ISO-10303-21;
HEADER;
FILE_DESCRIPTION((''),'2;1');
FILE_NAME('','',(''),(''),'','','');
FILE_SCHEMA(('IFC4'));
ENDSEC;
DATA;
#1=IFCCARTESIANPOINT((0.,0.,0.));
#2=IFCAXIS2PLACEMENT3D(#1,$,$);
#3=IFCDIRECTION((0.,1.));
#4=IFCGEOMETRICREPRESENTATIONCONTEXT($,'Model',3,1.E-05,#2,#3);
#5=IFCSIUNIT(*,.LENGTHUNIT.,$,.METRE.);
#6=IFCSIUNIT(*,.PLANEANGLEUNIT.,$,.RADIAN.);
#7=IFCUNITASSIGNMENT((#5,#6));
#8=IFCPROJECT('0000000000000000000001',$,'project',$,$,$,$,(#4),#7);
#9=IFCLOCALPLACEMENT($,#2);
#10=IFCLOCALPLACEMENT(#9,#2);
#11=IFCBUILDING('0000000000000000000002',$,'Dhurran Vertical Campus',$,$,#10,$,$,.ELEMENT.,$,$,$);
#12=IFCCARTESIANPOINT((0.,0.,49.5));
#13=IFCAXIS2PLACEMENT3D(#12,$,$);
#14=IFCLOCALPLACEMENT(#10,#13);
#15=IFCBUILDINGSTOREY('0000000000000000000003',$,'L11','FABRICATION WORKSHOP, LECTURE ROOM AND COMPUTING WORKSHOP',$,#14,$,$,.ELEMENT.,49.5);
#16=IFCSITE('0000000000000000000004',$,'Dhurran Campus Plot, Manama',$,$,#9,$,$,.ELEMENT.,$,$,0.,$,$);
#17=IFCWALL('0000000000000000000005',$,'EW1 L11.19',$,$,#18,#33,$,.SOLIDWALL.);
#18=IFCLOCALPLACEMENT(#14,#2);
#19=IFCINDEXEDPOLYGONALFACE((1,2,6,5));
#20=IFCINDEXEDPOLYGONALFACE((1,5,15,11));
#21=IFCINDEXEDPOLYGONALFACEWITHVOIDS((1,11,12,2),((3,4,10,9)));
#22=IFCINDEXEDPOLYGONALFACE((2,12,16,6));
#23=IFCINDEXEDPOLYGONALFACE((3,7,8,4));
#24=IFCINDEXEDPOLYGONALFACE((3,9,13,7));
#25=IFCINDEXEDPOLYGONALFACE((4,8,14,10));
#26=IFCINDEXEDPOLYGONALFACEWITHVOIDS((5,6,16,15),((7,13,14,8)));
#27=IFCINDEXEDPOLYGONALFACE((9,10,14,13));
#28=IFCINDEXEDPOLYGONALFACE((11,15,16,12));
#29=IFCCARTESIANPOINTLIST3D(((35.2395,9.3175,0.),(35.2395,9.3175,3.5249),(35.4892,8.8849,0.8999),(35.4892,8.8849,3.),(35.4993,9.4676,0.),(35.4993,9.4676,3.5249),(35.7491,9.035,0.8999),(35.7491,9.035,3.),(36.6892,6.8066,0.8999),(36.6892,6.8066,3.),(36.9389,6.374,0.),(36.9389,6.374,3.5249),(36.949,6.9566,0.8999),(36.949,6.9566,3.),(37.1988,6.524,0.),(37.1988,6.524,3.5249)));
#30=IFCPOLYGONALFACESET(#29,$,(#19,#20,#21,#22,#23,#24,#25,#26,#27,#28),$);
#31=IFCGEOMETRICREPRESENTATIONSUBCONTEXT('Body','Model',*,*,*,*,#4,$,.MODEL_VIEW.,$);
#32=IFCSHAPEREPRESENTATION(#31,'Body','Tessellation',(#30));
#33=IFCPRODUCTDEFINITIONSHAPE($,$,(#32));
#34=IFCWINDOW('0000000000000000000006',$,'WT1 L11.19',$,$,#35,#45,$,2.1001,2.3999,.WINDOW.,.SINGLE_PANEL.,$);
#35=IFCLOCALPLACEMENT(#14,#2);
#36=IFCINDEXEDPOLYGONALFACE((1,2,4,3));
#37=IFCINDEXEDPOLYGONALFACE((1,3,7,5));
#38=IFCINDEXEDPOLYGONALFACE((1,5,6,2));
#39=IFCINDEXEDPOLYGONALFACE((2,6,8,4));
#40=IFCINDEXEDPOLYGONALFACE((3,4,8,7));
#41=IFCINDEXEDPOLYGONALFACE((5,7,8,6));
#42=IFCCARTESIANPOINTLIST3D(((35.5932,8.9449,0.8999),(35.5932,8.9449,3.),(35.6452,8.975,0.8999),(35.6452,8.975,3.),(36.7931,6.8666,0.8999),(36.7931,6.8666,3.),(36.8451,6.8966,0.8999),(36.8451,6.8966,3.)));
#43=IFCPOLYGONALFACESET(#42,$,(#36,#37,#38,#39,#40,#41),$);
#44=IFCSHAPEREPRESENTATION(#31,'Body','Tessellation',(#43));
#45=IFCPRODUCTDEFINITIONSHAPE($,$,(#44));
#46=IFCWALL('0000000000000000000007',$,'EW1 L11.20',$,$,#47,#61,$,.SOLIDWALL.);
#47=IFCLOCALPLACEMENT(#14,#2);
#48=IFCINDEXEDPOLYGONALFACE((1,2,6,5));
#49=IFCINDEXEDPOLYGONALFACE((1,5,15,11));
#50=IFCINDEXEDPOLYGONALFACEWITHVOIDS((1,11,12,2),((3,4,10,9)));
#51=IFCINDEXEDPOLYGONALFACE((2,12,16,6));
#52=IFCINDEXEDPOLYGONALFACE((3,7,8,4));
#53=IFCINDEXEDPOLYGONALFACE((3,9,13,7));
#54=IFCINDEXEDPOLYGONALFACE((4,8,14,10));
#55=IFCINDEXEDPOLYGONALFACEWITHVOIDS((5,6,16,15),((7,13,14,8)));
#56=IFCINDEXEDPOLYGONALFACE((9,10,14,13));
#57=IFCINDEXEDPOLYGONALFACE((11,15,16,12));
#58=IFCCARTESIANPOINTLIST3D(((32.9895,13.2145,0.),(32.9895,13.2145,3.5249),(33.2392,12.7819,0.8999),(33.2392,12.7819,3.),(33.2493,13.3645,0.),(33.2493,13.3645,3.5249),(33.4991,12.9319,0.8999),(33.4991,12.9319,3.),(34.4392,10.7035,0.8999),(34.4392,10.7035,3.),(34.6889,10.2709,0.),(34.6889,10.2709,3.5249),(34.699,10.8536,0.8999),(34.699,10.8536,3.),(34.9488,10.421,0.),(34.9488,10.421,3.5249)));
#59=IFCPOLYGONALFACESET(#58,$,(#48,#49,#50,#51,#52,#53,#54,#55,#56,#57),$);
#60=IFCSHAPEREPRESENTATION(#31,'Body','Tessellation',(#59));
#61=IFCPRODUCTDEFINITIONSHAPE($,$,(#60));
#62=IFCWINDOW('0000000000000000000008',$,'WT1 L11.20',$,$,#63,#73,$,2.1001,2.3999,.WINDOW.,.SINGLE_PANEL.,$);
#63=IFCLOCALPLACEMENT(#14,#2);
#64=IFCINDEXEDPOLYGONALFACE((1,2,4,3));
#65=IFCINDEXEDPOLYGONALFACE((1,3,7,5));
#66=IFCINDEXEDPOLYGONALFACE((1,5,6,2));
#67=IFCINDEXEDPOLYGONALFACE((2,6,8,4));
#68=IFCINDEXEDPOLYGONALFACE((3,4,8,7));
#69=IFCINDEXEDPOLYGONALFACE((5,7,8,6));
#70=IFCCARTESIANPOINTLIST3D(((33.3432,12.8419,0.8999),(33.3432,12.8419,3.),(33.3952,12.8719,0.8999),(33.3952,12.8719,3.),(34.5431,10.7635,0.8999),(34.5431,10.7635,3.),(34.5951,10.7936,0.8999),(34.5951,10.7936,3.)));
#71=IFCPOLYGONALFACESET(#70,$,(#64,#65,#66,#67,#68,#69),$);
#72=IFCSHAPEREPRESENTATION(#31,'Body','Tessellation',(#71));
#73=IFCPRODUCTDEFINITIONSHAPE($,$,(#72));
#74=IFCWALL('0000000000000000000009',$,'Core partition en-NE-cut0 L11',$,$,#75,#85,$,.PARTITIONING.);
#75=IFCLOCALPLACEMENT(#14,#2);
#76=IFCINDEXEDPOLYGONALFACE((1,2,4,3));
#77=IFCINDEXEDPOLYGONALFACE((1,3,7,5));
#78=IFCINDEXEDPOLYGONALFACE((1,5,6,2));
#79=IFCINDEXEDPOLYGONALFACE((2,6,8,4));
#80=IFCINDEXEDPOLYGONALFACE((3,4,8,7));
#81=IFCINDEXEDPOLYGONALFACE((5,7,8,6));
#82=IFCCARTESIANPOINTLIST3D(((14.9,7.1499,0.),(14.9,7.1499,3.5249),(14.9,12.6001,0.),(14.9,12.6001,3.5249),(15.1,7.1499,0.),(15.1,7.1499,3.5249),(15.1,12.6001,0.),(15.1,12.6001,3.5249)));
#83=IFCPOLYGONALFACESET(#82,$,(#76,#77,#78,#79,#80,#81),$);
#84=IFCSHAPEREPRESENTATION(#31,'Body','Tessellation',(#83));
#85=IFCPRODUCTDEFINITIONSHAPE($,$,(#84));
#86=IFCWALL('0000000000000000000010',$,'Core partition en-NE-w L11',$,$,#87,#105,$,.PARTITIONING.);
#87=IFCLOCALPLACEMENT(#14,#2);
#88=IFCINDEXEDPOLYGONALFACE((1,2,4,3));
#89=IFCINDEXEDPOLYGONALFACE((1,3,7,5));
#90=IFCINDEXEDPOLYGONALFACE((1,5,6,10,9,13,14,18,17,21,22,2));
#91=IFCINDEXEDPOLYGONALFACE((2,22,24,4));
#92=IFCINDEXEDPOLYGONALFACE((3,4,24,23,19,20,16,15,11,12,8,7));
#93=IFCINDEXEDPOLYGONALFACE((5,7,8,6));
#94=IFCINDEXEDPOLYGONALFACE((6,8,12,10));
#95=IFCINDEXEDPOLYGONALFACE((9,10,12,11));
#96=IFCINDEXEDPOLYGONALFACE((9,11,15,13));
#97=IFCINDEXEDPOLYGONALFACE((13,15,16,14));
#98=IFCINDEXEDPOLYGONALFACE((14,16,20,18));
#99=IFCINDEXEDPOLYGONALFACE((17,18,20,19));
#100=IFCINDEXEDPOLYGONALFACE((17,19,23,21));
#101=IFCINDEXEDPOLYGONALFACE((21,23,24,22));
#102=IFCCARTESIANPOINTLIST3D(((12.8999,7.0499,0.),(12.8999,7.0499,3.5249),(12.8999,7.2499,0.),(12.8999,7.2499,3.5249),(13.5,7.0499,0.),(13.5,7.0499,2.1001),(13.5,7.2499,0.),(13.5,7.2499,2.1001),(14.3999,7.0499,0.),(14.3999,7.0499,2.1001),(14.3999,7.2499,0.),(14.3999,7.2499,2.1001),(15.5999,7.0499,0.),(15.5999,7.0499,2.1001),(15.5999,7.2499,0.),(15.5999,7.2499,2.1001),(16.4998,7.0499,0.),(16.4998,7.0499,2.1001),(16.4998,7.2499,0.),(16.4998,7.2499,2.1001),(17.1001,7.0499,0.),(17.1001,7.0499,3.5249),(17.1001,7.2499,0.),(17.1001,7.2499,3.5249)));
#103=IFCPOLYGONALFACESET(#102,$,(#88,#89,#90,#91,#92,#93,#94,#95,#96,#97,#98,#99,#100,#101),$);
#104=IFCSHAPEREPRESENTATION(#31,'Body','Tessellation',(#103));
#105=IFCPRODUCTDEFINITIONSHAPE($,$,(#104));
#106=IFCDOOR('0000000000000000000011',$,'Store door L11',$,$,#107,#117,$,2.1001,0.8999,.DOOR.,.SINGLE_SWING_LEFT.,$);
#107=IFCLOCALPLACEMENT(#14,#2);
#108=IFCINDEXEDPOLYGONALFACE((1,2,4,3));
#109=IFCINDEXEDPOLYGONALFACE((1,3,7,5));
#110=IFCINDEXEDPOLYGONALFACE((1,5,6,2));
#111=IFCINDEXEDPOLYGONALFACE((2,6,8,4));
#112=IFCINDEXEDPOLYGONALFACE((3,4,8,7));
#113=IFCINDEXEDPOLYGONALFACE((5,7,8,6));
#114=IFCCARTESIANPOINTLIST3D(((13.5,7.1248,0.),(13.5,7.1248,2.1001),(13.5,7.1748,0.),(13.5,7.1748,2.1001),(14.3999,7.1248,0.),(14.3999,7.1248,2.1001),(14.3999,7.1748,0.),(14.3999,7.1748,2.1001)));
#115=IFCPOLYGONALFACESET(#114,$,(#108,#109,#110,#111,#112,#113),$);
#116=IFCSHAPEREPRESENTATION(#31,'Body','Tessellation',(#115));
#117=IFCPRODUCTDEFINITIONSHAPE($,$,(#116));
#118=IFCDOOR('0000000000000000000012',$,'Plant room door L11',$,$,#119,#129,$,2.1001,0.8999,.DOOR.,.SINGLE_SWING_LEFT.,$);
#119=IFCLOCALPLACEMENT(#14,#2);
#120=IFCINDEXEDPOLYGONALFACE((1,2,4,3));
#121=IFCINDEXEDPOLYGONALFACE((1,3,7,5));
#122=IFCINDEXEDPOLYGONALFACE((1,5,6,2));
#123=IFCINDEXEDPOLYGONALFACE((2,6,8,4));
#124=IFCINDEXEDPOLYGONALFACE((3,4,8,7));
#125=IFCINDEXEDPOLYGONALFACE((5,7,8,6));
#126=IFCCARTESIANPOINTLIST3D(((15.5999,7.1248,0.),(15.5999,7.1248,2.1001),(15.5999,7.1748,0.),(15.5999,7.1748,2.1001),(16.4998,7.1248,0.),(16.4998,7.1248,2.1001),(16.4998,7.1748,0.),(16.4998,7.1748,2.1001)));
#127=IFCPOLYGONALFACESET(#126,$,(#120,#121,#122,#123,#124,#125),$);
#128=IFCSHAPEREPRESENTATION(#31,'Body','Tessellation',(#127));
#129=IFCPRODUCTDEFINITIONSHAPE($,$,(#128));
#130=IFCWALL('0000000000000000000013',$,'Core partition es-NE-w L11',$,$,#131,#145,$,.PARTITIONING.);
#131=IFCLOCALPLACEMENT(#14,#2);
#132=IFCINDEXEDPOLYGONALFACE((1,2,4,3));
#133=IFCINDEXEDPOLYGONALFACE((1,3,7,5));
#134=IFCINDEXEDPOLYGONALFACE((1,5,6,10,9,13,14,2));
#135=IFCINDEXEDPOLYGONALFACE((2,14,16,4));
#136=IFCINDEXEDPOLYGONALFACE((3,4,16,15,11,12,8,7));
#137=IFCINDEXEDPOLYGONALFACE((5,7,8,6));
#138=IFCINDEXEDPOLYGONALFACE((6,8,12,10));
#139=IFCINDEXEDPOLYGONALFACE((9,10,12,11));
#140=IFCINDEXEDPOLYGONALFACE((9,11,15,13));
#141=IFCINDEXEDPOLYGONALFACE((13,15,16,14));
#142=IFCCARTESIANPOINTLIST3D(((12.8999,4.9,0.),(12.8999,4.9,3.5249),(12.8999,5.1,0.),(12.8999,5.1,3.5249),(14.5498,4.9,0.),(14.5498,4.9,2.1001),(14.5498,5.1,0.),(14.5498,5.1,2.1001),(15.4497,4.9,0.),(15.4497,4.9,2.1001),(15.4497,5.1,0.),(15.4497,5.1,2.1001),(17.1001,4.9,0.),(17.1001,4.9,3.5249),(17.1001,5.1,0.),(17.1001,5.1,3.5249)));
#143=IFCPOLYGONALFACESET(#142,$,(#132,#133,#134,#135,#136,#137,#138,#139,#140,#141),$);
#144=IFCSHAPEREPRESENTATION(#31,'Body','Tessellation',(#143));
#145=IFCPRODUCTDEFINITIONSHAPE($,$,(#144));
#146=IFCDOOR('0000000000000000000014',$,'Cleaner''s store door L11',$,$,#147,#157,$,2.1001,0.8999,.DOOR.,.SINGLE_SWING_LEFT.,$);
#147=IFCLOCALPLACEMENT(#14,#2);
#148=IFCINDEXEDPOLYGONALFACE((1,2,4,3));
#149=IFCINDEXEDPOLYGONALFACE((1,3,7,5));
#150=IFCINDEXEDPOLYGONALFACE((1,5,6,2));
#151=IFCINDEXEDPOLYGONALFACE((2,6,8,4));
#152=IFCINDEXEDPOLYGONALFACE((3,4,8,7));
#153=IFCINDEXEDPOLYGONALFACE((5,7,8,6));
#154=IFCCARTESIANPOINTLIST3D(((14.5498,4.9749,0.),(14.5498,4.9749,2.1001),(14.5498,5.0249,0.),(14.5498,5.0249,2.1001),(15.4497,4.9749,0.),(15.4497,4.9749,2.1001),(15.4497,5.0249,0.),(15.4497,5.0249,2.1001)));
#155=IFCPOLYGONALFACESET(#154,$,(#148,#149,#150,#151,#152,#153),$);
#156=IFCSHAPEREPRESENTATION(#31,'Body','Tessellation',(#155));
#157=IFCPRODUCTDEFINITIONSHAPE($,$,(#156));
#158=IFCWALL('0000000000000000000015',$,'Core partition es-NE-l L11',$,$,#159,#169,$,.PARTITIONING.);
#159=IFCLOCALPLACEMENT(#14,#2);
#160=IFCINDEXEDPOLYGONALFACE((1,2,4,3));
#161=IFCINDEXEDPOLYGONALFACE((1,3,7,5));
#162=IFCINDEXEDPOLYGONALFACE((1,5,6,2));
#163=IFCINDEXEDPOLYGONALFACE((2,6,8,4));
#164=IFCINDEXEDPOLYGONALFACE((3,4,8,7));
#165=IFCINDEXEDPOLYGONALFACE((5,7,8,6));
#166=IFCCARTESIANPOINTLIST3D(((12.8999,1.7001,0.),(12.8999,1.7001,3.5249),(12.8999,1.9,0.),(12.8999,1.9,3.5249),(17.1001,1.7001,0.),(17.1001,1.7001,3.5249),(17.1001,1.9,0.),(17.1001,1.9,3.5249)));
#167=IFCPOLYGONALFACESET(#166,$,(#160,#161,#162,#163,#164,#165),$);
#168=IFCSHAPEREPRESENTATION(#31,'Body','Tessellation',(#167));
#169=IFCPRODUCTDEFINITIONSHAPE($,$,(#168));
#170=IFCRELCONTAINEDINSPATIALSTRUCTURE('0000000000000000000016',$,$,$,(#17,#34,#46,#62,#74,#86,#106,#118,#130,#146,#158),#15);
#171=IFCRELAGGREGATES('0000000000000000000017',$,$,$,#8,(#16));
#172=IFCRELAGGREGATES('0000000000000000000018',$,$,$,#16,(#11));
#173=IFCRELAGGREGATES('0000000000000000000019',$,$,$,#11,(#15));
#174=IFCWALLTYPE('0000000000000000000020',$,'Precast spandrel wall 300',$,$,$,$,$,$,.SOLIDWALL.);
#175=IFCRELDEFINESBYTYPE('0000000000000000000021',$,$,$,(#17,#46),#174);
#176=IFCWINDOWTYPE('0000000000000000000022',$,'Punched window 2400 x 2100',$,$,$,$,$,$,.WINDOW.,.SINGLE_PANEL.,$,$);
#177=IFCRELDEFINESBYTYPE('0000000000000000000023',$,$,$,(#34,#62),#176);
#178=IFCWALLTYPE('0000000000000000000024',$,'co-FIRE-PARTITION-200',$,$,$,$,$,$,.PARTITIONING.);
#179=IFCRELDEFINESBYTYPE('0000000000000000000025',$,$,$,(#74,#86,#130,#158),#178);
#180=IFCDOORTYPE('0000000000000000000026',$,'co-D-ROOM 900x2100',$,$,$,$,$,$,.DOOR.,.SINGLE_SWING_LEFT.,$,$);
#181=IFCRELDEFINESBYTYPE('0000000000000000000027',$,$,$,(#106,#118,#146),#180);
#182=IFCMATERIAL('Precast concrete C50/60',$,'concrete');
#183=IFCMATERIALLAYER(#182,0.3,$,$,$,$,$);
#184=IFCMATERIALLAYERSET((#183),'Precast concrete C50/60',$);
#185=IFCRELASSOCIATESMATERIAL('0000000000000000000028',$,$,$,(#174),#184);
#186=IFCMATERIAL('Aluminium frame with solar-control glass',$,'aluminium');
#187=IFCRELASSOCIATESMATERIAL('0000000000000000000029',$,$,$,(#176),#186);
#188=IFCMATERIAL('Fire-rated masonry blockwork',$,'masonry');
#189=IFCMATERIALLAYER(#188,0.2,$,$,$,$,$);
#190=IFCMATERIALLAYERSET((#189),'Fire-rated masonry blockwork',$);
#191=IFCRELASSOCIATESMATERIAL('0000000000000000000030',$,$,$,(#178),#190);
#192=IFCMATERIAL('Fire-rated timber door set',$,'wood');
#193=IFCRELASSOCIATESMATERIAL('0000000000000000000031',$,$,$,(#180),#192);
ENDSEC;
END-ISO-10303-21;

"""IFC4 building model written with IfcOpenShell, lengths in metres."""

from ifc_helpers import new_model, si_unit, direction, frame, frame_2d, origin, place, context, subcontext, project, spatial, rectangle, extrude, material, layer, layer_set, type_object, element, fill, save


model = new_model("IFC4")

# Units and contexts
model_context = context("Model", 3, precision=1e-05, world=origin(), true_north=direction((0.0, 1.0)))
body_context = subcontext(model_context, "Body", "Model", "MODEL_VIEW")
ifc_project = project(units=[si_unit("LENGTHUNIT", "METRE"), si_unit("PLANEANGLEUNIT", "RADIAN")], contexts=[model_context])

# Site, building, storey
site_placement = place(None, origin())
site = spatial("IfcSite", under=ifc_project, at=site_placement, Name="Dhurran Campus Plot, Manama", CompositionType="ELEMENT", RefElevation=0.0)
building_placement = place(site_placement, origin())
building = spatial("IfcBuilding", under=site, at=building_placement, Name="Dhurran Vertical Campus", CompositionType="ELEMENT")
storey_placement = place(building_placement, frame((0.0, 0.0, 49.5)))
storey = spatial("IfcBuildingStorey", under=building, at=storey_placement, Name="L11", Description="FABRICATION WORKSHOP, LECTURE ROOM AND COMPUTING WORKSHOP", CompositionType="ELEMENT", Elevation=49.5)

# Walls, openings, windows
ifc_material_1 = material(Name="Precast concrete C50/60", Category="concrete")
ifc_layer_1 = layer(ifc_material_1, 0.3)
ifc_layer_set_1 = layer_set([ifc_layer_1], Name="Precast concrete C50/60")
wall_type_1 = type_object("IfcWallType", Name="Precast spandrel wall 300", PredefinedType="SOLIDWALL", material=ifc_layer_set_1)
ifc_material_2 = material(Name="Aluminium frame with solar-control glass", Category="aluminium")
window_type = type_object("IfcWindowType", Name="Punched window 2400 x 2100", PartitioningType="SINGLE_PANEL", PredefinedType="WINDOW", material=ifc_material_2)
wall_1_placement = place(storey_placement, frame((37.0688, 6.449, 0.0), z_axis=(0.0, 0.0, 1.0), x_axis=(-0.499994, 0.866029, 0.0)))
wall_1 = element("IfcWall", 1, at=wall_1_placement, inside=storey, type_object=wall_type_1, Name="EW1 L11.19", PredefinedType="SOLIDWALL", context=body_context, shape_type="SweptSolid", body=[
    extrude(rectangle(XDim=3.3989, YDim=0.3, at=frame_2d((1.6995, 0.0))), origin(), (0.0, 0.0, 1.0), 3.5249),
])
opening_1_placement = place(wall_1_placement, frame((0.4995, 0.0, 0.8999)))
opening_1 = element("IfcOpeningElement", 2, at=opening_1_placement, cuts=wall_1, PredefinedType="OPENING", context=body_context, shape_type="SweptSolid", body=[
    extrude(rectangle(XDim=2.3999, YDim=2.1001, at=frame_2d((1.2, 1.05))), frame((0.0, 0.1599, 0.0), z_axis=(0.0, -1.0, 0.0), x_axis=(1.0, 0.0, 0.0)), (0.0, 0.0, 1.0), 0.3201),
])
window_1_placement = place(opening_1_placement, origin())
window_1 = element("IfcWindow", 3, at=window_1_placement, inside=storey, type_object=window_type, Name="WT1 L11.19", OverallHeight=2.1001, OverallWidth=2.3999, PartitioningType="SINGLE_PANEL", PredefinedType="WINDOW", context=body_context, shape_type="SweptSolid", body=[
    extrude(rectangle(XDim=2.3999, YDim=2.1001, at=frame_2d((1.2, 1.05))), frame((0.0, 0.03, 0.0), z_axis=(0.0, -1.0, 0.0), x_axis=(1.0, 0.0, 0.0)), (0.0, 0.0, 1.0), 0.0601),
])
fill(opening_1, window_1)
wall_2_placement = place(storey_placement, frame((34.8188, 10.3459, 0.0), z_axis=(0.0, 0.0, 1.0), x_axis=(-0.499994, 0.866029, 0.0)))
wall_2 = element("IfcWall", 4, at=wall_2_placement, inside=storey, type_object=wall_type_1, Name="EW1 L11.20", PredefinedType="SOLIDWALL", context=body_context, shape_type="SweptSolid", body=[
    extrude(rectangle(XDim=3.3989, YDim=0.3, at=frame_2d((1.6995, 0.0))), origin(), (0.0, 0.0, 1.0), 3.5249),
])
opening_2_placement = place(wall_2_placement, frame((0.4995, 0.0, 0.8999)))
opening_2 = element("IfcOpeningElement", 5, at=opening_2_placement, cuts=wall_2, PredefinedType="OPENING", context=body_context, shape_type="SweptSolid", body=[
    extrude(rectangle(XDim=2.3999, YDim=2.1001, at=frame_2d((1.2, 1.05))), frame((0.0, 0.1599, 0.0), z_axis=(0.0, -1.0, 0.0), x_axis=(1.0, 0.0, 0.0)), (0.0, 0.0, 1.0), 0.3201),
])
window_2_placement = place(opening_2_placement, origin())
window_2 = element("IfcWindow", 6, at=window_2_placement, inside=storey, type_object=window_type, Name="WT1 L11.20", OverallHeight=2.1001, OverallWidth=2.3999, PartitioningType="SINGLE_PANEL", PredefinedType="WINDOW", context=body_context, shape_type="SweptSolid", body=[
    extrude(rectangle(XDim=2.3999, YDim=2.1001, at=frame_2d((1.2, 1.05))), frame((0.0, 0.03, 0.0), z_axis=(0.0, -1.0, 0.0), x_axis=(1.0, 0.0, 0.0)), (0.0, 0.0, 1.0), 0.0601),
])
fill(opening_2, window_2)

# Wall
ifc_material_3 = material(Name="Fire-rated masonry blockwork", Category="masonry")
ifc_layer_2 = layer(ifc_material_3, 0.2)
ifc_layer_set_2 = layer_set([ifc_layer_2], Name="Fire-rated masonry blockwork")
wall_type_2 = type_object("IfcWallType", Name="co-FIRE-PARTITION-200", PredefinedType="PARTITIONING", material=ifc_layer_set_2)
wall_3_placement = place(storey_placement, frame((15.0, 7.1499, 0.0), z_axis=(0.0, 0.0, 1.0), x_axis=(0.0, 1.0, 0.0)))
element("IfcWall", 7, at=wall_3_placement, inside=storey, type_object=wall_type_2, Name="Core partition en-NE-cut0 L11", PredefinedType="PARTITIONING", context=body_context, shape_type="SweptSolid", body=[
    extrude(rectangle(XDim=5.4502, YDim=0.2, at=frame_2d((2.7251, 0.0))), origin(), (0.0, 0.0, 1.0), 3.5249),
])

# Wall, openings, doors
wall_4_placement = place(storey_placement, frame((12.8999, 7.1499, 0.0), z_axis=(0.0, 0.0, 1.0), x_axis=(1.0, 0.0, 0.0)))
wall_4 = element("IfcWall", 8, at=wall_4_placement, inside=storey, type_object=wall_type_2, Name="Core partition en-NE-w L11", PredefinedType="PARTITIONING", context=body_context, shape_type="SweptSolid", body=[
    extrude(rectangle(XDim=4.2002, YDim=0.2, at=frame_2d((2.1001, 0.0))), origin(), (0.0, 0.0, 1.0), 3.5249),
])
opening_3_placement = place(wall_4_placement, frame((0.6001, 0.0, 0.0)))
opening_3 = element("IfcOpeningElement", 9, at=opening_3_placement, cuts=wall_4, PredefinedType="OPENING", context=body_context, shape_type="SweptSolid", body=[
    extrude(rectangle(XDim=0.8999, YDim=2.1001, at=frame_2d((0.45, 1.05))), frame((0.0, 0.1099, 0.0), z_axis=(0.0, -1.0, 0.0), x_axis=(1.0, 0.0, 0.0)), (0.0, 0.0, 1.0), 0.22),
])
opening_4_placement = place(wall_4_placement, frame((2.7, 0.0, 0.0)))
opening_4 = element("IfcOpeningElement", 10, at=opening_4_placement, cuts=wall_4, PredefinedType="OPENING", context=body_context, shape_type="SweptSolid", body=[
    extrude(rectangle(XDim=0.8999, YDim=2.1001, at=frame_2d((0.45, 1.05))), frame((0.0, 0.1099, 0.0), z_axis=(0.0, -1.0, 0.0), x_axis=(1.0, 0.0, 0.0)), (0.0, 0.0, 1.0), 0.22),
])
ifc_material_4 = material(Name="Fire-rated timber door set", Category="wood")
door_type_1 = type_object("IfcDoorType", Name="co-D-ROOM 900x2100", OperationType="SINGLE_SWING_LEFT", PredefinedType="DOOR", material=ifc_material_4)
door_1_placement = place(opening_3_placement, origin())
door_1 = element("IfcDoor", 11, at=door_1_placement, inside=storey, type_object=door_type_1, Name="Store door L11", OperationType="SINGLE_SWING_LEFT", OverallHeight=2.1001, OverallWidth=0.8999, PredefinedType="DOOR", context=body_context, shape_type="SweptSolid", body=[
    extrude(rectangle(XDim=0.8999, YDim=2.1001, at=frame_2d((0.45, 1.05))), frame((0.0, 0.0249, 0.0), z_axis=(0.0, -1.0, 0.0), x_axis=(1.0, 0.0, 0.0)), (0.0, 0.0, 1.0), 0.05),
])
fill(opening_3, door_1)
door_2_placement = place(opening_4_placement, origin())
door_2 = element("IfcDoor", 12, at=door_2_placement, inside=storey, type_object=door_type_1, Name="Plant room door L11", OperationType="SINGLE_SWING_LEFT", OverallHeight=2.1001, OverallWidth=0.8999, PredefinedType="DOOR", context=body_context, shape_type="SweptSolid", body=[
    extrude(rectangle(XDim=0.8999, YDim=2.1001, at=frame_2d((0.45, 1.05))), frame((0.0, 0.0249, 0.0), z_axis=(0.0, -1.0, 0.0), x_axis=(1.0, 0.0, 0.0)), (0.0, 0.0, 1.0), 0.05),
])
fill(opening_4, door_2)

# Wall, opening, door
wall_5_placement = place(storey_placement, frame((12.8999, 5.0, 0.0), z_axis=(0.0, 0.0, 1.0), x_axis=(1.0, 0.0, 0.0)))
wall_5 = element("IfcWall", 13, at=wall_5_placement, inside=storey, type_object=wall_type_2, Name="Core partition es-NE-w L11", PredefinedType="PARTITIONING", context=body_context, shape_type="SweptSolid", body=[
    extrude(rectangle(XDim=4.2002, YDim=0.2, at=frame_2d((2.1001, 0.0))), origin(), (0.0, 0.0, 1.0), 3.5249),
])
opening_5_placement = place(wall_5_placement, frame((1.6499, 0.0, 0.0)))
opening_5 = element("IfcOpeningElement", 14, at=opening_5_placement, cuts=wall_5, PredefinedType="OPENING", context=body_context, shape_type="SweptSolid", body=[
    extrude(rectangle(XDim=0.8999, YDim=2.1001, at=frame_2d((0.45, 1.05))), frame((0.0, 0.1099, 0.0), z_axis=(0.0, -1.0, 0.0), x_axis=(1.0, 0.0, 0.0)), (0.0, 0.0, 1.0), 0.22),
])
door_3_placement = place(opening_5_placement, origin())
door_3 = element("IfcDoor", 15, at=door_3_placement, inside=storey, type_object=door_type_1, Name="Cleaner's store door L11", OperationType="SINGLE_SWING_LEFT", OverallHeight=2.1001, OverallWidth=0.8999, PredefinedType="DOOR", context=body_context, shape_type="SweptSolid", body=[
    extrude(rectangle(XDim=0.8999, YDim=2.1001, at=frame_2d((0.45, 1.05))), frame((0.0, 0.0249, 0.0), z_axis=(0.0, -1.0, 0.0), x_axis=(1.0, 0.0, 0.0)), (0.0, 0.0, 1.0), 0.05),
])
fill(opening_5, door_3)

# Wall
wall_6_placement = place(storey_placement, frame((12.8999, 1.8, 0.0), z_axis=(0.0, 0.0, 1.0), x_axis=(1.0, 0.0, 0.0)))
element("IfcWall", 16, at=wall_6_placement, inside=storey, type_object=wall_type_2, Name="Core partition es-NE-l L11", PredefinedType="PARTITIONING", context=body_context, shape_type="SweptSolid", body=[
    extrude(rectangle(XDim=4.2002, YDim=0.2, at=frame_2d((2.1001, 0.0))), origin(), (0.0, 0.0, 1.0), 3.5249),
])

save(model, "model.ifc")
